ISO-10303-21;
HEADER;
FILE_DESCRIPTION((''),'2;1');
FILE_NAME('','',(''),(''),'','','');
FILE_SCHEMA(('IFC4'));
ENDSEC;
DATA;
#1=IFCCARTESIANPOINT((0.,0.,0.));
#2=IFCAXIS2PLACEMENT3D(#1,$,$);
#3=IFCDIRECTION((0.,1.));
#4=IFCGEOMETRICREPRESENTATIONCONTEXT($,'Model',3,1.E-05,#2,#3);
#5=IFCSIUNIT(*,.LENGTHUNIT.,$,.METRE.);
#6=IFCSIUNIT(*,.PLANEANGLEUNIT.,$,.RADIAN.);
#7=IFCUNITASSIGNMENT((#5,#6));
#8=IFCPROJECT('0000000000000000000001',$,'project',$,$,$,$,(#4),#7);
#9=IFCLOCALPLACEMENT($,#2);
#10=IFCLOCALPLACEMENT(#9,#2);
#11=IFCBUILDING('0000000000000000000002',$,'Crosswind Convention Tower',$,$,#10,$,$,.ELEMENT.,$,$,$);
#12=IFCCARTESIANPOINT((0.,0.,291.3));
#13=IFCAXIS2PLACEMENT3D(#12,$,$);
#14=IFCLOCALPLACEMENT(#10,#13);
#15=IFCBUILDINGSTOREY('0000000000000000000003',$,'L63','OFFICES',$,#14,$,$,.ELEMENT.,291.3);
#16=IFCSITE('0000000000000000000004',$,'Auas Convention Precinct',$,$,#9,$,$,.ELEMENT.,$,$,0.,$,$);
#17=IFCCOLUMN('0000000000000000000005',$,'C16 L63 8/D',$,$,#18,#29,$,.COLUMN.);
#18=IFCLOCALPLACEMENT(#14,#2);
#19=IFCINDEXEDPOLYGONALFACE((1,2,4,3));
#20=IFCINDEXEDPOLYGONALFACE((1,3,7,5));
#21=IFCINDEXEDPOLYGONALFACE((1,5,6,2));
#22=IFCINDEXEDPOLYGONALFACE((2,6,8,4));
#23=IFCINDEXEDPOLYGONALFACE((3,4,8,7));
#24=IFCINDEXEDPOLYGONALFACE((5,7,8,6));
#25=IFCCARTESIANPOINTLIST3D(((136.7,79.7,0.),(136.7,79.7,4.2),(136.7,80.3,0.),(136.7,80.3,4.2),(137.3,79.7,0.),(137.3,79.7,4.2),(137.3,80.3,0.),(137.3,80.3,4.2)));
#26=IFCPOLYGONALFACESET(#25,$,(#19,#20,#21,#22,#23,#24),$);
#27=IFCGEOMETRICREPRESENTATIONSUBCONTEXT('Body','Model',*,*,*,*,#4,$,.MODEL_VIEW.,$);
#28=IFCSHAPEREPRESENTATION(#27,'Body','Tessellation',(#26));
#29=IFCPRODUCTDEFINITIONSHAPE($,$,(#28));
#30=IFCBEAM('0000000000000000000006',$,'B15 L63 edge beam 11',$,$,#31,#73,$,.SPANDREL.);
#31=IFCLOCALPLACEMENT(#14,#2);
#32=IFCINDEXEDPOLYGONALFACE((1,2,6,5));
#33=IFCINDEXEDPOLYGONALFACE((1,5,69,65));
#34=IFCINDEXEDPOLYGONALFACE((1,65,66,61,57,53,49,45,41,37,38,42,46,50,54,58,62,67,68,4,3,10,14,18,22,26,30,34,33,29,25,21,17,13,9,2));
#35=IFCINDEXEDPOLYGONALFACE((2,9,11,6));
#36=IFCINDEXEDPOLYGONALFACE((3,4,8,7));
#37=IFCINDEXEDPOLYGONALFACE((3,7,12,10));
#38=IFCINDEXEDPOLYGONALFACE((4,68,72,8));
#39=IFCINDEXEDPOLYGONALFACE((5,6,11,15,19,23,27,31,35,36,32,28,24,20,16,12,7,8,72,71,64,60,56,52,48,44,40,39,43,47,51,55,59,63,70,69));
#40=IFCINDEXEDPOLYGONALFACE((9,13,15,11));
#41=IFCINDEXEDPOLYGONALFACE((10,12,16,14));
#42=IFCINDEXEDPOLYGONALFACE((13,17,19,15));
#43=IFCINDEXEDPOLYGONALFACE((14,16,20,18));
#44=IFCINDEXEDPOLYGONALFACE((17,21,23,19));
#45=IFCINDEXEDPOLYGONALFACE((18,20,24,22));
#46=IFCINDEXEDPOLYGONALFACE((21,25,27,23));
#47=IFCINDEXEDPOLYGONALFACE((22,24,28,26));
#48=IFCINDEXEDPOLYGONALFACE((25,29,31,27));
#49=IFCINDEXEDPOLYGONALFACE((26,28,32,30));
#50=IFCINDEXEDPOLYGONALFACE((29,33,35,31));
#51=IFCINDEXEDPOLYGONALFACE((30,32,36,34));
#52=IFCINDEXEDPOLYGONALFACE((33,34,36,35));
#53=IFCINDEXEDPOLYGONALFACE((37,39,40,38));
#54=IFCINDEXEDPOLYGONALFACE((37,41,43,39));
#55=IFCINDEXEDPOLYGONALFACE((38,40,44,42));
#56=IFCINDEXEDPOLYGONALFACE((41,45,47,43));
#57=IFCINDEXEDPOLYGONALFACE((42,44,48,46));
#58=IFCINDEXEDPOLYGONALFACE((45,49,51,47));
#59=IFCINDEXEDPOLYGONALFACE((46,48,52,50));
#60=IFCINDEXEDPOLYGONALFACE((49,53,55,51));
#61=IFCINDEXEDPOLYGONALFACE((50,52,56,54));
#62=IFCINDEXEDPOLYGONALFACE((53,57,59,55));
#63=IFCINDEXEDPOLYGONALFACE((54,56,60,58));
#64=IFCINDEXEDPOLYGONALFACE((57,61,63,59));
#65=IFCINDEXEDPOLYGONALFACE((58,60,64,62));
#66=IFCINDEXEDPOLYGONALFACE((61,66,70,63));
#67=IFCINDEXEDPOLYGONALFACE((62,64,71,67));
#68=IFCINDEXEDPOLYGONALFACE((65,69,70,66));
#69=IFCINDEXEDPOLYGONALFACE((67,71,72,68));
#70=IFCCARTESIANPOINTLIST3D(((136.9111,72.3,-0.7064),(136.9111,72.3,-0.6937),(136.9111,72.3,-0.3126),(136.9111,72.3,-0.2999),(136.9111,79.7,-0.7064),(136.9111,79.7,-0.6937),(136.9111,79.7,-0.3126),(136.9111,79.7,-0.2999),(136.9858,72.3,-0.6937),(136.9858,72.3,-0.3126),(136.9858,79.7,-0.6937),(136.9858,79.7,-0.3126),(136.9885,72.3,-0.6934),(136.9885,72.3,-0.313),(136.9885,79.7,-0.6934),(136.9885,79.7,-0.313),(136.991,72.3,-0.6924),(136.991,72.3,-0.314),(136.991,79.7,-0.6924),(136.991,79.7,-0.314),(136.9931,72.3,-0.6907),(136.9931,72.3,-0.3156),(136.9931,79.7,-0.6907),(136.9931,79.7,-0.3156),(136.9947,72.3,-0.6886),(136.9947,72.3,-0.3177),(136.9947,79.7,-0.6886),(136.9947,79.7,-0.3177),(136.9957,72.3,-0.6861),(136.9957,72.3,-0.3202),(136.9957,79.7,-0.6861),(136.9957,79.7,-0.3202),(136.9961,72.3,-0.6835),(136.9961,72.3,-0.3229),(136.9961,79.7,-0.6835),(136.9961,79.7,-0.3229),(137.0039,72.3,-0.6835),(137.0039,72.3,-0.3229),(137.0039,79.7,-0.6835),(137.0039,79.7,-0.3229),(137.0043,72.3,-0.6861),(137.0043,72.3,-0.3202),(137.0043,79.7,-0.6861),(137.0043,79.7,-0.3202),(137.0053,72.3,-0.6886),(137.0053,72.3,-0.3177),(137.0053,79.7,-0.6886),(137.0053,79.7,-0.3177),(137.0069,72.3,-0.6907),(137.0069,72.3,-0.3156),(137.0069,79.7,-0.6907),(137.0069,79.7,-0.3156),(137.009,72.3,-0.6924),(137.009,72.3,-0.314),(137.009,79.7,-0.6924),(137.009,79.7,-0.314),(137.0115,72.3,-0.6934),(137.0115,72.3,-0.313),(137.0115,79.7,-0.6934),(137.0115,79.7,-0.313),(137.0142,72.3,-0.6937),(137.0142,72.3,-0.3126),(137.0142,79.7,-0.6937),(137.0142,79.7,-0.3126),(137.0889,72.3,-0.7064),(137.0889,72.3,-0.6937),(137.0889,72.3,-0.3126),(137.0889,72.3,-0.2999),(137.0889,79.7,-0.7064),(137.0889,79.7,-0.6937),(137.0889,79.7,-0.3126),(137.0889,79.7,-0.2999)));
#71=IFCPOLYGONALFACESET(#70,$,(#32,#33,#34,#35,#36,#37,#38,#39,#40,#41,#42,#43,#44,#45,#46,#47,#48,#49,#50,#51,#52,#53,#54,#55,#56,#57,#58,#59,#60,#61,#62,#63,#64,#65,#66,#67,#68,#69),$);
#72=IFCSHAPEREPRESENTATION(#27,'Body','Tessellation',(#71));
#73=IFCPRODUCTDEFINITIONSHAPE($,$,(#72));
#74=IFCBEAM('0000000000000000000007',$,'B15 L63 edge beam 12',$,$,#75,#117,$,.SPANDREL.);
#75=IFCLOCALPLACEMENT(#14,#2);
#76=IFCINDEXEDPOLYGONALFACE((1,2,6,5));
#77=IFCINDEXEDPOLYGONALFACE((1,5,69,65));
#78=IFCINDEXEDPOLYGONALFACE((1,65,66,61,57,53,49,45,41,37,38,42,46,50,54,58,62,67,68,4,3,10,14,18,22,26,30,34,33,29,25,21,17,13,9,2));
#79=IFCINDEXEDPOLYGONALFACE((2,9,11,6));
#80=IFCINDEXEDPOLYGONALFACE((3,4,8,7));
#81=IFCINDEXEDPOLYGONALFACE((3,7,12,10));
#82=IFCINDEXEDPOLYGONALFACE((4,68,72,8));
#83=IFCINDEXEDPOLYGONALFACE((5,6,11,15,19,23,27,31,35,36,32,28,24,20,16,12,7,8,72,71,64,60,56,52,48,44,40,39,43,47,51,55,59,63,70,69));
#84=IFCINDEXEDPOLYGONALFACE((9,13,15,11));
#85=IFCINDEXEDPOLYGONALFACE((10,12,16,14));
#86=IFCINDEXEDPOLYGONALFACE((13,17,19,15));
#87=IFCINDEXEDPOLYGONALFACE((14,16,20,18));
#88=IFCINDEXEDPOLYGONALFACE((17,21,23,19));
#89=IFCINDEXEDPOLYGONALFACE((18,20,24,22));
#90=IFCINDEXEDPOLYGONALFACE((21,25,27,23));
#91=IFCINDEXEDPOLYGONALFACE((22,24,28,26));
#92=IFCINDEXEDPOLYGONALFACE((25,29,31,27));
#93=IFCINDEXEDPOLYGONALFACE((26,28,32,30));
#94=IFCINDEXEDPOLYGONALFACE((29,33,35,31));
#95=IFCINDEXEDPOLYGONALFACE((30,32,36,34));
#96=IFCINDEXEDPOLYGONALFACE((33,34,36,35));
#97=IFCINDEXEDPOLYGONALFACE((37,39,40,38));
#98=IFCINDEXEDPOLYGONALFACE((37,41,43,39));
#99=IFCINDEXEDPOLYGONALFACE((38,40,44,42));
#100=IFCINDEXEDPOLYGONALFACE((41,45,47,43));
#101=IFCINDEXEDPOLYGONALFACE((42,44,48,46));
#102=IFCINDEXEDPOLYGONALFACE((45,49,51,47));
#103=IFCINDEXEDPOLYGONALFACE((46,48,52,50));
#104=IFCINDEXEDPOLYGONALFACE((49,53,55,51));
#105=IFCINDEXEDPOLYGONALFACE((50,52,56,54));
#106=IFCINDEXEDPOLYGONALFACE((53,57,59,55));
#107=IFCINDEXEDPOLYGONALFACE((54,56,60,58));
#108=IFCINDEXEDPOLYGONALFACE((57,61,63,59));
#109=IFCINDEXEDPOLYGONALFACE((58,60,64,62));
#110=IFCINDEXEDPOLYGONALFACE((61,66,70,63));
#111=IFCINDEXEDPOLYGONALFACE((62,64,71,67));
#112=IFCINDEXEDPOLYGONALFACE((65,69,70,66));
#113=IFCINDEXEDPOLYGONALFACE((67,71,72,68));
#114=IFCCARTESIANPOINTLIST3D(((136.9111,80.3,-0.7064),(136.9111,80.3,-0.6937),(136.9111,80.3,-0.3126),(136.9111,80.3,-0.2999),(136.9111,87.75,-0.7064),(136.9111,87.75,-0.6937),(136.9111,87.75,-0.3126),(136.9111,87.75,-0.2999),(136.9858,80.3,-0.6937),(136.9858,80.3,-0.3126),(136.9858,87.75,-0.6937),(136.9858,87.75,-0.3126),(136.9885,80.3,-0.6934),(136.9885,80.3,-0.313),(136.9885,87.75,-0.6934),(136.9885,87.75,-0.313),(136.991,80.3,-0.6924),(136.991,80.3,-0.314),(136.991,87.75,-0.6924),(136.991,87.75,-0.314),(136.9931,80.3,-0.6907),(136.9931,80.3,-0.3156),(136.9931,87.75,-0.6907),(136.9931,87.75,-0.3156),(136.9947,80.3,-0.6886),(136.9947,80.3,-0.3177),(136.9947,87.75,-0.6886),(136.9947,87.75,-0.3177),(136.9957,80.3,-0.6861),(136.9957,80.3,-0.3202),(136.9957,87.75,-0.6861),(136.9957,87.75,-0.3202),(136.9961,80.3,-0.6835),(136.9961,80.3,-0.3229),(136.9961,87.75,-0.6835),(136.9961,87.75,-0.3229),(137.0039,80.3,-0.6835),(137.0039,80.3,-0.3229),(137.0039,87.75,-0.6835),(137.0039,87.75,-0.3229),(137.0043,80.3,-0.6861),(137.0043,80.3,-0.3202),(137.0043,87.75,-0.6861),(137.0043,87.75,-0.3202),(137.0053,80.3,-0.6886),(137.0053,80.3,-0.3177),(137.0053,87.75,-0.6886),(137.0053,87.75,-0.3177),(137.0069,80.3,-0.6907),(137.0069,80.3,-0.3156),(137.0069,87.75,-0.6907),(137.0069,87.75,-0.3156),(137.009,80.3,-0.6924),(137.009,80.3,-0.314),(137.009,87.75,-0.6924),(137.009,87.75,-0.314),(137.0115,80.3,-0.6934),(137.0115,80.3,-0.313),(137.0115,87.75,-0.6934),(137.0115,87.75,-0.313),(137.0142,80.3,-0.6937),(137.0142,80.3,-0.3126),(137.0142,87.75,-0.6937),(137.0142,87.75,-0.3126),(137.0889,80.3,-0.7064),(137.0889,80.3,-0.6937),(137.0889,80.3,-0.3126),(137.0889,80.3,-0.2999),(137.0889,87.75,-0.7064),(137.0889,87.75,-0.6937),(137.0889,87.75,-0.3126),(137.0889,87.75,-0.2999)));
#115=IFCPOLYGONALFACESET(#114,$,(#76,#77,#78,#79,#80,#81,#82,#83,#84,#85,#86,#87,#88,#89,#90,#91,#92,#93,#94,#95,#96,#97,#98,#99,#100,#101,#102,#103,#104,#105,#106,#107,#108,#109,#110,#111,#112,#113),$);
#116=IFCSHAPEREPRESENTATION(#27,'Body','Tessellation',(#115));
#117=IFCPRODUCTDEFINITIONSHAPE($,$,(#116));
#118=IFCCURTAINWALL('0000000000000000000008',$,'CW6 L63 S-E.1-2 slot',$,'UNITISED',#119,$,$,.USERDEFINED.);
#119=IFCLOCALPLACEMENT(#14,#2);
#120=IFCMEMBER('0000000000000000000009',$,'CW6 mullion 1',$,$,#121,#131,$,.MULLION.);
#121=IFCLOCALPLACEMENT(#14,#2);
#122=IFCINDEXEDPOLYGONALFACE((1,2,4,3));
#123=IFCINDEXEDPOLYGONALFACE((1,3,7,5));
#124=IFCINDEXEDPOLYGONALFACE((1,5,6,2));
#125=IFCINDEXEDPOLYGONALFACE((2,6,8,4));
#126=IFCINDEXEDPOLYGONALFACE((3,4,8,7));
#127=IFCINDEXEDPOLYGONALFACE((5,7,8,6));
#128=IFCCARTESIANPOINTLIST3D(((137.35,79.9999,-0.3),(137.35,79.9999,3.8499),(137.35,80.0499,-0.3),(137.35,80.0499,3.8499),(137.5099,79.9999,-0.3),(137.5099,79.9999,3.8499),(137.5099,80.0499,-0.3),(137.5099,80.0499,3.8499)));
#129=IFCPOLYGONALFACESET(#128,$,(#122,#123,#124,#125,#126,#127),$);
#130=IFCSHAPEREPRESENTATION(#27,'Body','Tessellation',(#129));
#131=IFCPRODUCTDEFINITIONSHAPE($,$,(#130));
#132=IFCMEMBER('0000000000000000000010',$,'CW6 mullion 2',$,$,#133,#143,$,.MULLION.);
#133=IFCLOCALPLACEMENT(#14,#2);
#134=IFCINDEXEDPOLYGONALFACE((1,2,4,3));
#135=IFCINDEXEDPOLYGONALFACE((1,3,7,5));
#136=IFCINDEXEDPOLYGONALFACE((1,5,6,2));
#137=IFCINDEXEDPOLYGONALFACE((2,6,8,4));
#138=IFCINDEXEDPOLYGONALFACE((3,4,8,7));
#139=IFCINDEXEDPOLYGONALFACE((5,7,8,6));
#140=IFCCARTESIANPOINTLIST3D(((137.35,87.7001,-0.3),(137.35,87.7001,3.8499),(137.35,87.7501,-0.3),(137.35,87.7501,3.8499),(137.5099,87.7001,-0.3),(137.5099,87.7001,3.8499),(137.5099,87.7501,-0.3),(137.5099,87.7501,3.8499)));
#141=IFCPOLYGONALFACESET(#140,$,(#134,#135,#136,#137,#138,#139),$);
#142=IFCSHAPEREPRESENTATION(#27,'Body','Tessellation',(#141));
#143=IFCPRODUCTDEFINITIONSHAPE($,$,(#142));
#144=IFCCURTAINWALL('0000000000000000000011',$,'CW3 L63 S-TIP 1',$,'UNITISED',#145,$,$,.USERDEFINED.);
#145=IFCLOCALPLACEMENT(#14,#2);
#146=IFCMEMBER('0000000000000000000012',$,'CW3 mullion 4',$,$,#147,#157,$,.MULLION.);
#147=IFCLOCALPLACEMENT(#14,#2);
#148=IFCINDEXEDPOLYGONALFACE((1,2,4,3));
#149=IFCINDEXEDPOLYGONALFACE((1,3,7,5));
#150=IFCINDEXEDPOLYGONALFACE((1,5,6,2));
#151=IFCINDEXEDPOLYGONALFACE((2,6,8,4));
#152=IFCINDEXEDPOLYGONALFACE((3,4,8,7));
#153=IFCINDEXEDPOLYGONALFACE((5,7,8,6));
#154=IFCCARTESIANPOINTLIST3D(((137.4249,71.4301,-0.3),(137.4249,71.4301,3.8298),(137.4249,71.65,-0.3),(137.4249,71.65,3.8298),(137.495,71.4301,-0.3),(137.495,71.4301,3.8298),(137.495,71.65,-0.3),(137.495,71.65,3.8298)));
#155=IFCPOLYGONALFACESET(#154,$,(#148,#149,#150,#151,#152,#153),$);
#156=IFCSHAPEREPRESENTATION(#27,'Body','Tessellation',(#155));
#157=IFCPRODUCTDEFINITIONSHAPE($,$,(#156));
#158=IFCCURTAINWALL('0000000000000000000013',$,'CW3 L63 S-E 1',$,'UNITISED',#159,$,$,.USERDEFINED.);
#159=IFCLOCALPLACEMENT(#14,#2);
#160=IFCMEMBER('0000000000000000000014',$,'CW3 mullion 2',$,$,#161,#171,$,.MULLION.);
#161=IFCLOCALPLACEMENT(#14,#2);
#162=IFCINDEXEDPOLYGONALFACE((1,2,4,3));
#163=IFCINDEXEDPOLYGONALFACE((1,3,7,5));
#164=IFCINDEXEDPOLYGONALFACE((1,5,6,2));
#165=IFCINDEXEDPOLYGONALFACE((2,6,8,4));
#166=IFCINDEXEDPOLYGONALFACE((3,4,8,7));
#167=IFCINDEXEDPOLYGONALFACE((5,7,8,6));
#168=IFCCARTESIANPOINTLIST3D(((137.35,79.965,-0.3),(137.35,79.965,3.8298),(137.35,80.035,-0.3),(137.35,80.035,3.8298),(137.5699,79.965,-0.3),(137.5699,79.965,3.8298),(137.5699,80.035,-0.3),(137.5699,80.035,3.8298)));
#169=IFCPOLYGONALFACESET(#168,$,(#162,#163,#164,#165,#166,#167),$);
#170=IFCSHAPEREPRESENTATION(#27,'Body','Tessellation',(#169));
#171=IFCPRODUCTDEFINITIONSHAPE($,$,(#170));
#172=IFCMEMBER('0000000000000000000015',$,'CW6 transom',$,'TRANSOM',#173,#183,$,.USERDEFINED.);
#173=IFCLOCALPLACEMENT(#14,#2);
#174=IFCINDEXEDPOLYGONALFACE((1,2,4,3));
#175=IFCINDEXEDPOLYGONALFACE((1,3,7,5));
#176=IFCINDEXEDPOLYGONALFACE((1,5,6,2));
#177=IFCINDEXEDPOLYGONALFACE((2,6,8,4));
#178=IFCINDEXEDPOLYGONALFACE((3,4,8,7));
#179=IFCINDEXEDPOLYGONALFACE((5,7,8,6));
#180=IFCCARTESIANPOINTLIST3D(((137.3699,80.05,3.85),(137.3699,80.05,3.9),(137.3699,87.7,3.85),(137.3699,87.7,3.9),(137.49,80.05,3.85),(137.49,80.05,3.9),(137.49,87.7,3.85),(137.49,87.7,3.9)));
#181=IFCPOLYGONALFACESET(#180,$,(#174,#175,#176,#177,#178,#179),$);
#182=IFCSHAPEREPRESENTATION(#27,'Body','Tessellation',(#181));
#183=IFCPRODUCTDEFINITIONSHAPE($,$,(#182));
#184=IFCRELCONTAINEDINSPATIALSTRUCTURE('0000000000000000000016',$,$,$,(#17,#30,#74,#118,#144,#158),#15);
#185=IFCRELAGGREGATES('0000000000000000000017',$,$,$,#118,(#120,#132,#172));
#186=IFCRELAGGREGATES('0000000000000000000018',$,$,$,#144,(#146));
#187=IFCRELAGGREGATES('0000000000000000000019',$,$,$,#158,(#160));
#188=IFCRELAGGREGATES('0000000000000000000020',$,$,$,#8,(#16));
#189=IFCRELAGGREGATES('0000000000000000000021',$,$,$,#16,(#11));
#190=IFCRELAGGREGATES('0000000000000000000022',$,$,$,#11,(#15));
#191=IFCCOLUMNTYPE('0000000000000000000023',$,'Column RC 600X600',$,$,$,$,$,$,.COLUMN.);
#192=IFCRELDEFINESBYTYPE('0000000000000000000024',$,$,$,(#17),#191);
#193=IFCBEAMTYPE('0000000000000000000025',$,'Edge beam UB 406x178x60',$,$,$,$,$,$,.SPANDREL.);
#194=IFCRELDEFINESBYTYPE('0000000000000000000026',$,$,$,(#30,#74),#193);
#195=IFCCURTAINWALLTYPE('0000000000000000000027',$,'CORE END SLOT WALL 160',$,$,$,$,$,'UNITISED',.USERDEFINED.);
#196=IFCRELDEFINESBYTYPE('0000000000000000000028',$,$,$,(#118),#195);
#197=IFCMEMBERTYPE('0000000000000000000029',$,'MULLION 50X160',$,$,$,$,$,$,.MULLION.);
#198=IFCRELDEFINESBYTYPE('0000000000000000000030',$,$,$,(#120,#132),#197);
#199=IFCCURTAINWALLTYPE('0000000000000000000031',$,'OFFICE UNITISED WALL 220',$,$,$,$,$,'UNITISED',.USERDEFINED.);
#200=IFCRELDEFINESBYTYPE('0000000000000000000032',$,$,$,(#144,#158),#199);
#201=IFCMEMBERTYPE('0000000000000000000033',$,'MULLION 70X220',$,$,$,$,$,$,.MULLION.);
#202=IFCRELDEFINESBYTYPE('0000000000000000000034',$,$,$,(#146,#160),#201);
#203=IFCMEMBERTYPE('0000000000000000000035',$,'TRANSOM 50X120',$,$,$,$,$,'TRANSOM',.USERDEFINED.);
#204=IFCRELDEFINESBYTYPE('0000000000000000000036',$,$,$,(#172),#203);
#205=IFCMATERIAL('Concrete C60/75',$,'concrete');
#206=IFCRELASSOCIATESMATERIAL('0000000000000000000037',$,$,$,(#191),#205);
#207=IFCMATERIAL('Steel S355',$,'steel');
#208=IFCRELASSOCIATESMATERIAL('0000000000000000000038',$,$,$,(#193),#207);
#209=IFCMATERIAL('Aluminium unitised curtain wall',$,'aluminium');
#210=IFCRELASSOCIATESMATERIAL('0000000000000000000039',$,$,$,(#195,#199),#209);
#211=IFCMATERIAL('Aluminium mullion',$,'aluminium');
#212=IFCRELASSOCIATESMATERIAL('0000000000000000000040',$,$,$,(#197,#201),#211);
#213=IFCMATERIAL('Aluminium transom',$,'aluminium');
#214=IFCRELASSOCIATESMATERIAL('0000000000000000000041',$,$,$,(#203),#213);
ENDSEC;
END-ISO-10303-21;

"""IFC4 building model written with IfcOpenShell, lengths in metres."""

from ifc_helpers import new_model, si_unit, direction, frame, origin, origin_2d, place, context, subcontext, project, spatial, rectangle, i_section, extrude, material, material_profile, profile_set, type_object, element, aggregate, save


model = new_model("IFC4")

# Units and contexts
model_context = context("Model", 3, precision=1e-05, world=origin(), true_north=direction((0.0, 1.0)))
body_context = subcontext(model_context, "Body", "Model", "MODEL_VIEW")
ifc_project = project(units=[si_unit("LENGTHUNIT", "METRE"), si_unit("PLANEANGLEUNIT", "RADIAN")], contexts=[model_context])

# Site, building, storey
site_placement = place(None, origin())
site = spatial("IfcSite", under=ifc_project, at=site_placement, Name="Auas Convention Precinct", CompositionType="ELEMENT", RefElevation=0.0)
building_placement = place(site_placement, origin())
building = spatial("IfcBuilding", under=site, at=building_placement, Name="Crosswind Convention Tower", CompositionType="ELEMENT")
storey_placement = place(building_placement, frame((0.0, 0.0, 291.3)))
storey = spatial("IfcBuildingStorey", under=building, at=storey_placement, Name="L63", Description="OFFICES", CompositionType="ELEMENT", Elevation=291.3)

# Column
ifc_material_1 = material(Name="Concrete C60/75", Category="concrete")
ifc_material_profile_1 = material_profile(ifc_material_1, rectangle(XDim=0.6001, YDim=0.6001, at=origin_2d()), Name="RC 600X600")
ifc_profile_set_1 = profile_set([ifc_material_profile_1], Name="Concrete C60/75")
column_type = type_object("IfcColumnType", Name="Column RC 600X600", PredefinedType="COLUMN", material=ifc_profile_set_1)
column_placement = place(storey_placement, frame((137.0, 80.0, 0.0), z_axis=(0.0, 0.0, 1.0), x_axis=(1.0, 0.0, 0.0)))
element("IfcColumn", 1, at=column_placement, inside=storey, type_object=column_type, Name="C16 L63 8/D", PredefinedType="COLUMN", context=body_context, shape_type="SweptSolid", body=[
    extrude(rectangle(XDim=0.6001, YDim=0.6001, at=origin_2d()), origin(), (0.0, 0.0, 1.0), 4.2),
])

# Beams
ifc_material_2 = material(Name="Steel S355", Category="steel")
ifc_material_profile_2 = material_profile(ifc_material_2, i_section(OverallWidth=0.1777, OverallDepth=0.4065, WebThickness=0.0078, FlangeThickness=0.0127, FilletRadius=0.0103, at=origin_2d()), Name="UB 406x178x60")
ifc_profile_set_2 = profile_set([ifc_material_profile_2], Name="Steel S355")
beam_type = type_object("IfcBeamType", Name="Edge beam UB 406x178x60", PredefinedType="SPANDREL", material=ifc_profile_set_2)
beam_1_placement = place(storey_placement, frame((137.0, 72.3, -0.5032), z_axis=(0.0, 1.0, 0.0), x_axis=(-1.0, 0.0, 0.0)))
element("IfcBeam", 2, at=beam_1_placement, inside=storey, type_object=beam_type, Name="B15 L63 edge beam 11", PredefinedType="SPANDREL", context=body_context, shape_type="SweptSolid", body=[
    extrude(i_section(OverallWidth=0.1777, OverallDepth=0.4065, WebThickness=0.0078, FlangeThickness=0.0127, FilletRadius=0.0103, at=origin_2d()), origin(), (0.0, 0.0, 1.0), 7.3999),
])
beam_2_placement = place(storey_placement, frame((137.0, 80.3, -0.5032), z_axis=(0.0, 1.0, 0.0), x_axis=(-1.0, 0.0, 0.0)))
element("IfcBeam", 3, at=beam_2_placement, inside=storey, type_object=beam_type, Name="B15 L63 edge beam 12", PredefinedType="SPANDREL", context=body_context, shape_type="SweptSolid", body=[
    extrude(i_section(OverallWidth=0.1777, OverallDepth=0.4065, WebThickness=0.0078, FlangeThickness=0.0127, FilletRadius=0.0103, at=origin_2d()), origin(), (0.0, 0.0, 1.0), 7.45),
])

# Curtain wall, members
ifc_material_3 = material(Name="Aluminium unitised curtain wall", Category="aluminium")
curtain_wall_type_1 = type_object("IfcCurtainWallType", Name="CORE END SLOT WALL 160", ElementType="UNITISED", PredefinedType="USERDEFINED", material=ifc_material_3)
curtain_wall_1_placement = place(storey_placement, origin())
curtain_wall_1 = element("IfcCurtainWall", 4, at=curtain_wall_1_placement, inside=storey, type_object=curtain_wall_type_1, Name="CW6 L63 S-E.1-2 slot", ObjectType="UNITISED", PredefinedType="USERDEFINED")
ifc_material_4 = material(Name="Aluminium mullion", Category="aluminium")
ifc_material_profile_3 = material_profile(ifc_material_4, rectangle(XDim=0.1599, YDim=0.05, at=origin_2d()), Name="AL 160X50")
ifc_profile_set_3 = profile_set([ifc_material_profile_3], Name="Aluminium mullion")
member_type_1 = type_object("IfcMemberType", Name="MULLION 50X160", PredefinedType="MULLION", material=ifc_profile_set_3)
member_1_placement = place(storey_placement, frame((137.4299, 80.0249, -0.3), z_axis=(0.0, 0.0, 1.0), x_axis=(1.0, 0.0, 0.0)))
member_1 = element("IfcMember", 5, at=member_1_placement, type_object=member_type_1, Name="CW6 mullion 1", PredefinedType="MULLION", context=body_context, shape_type="SweptSolid", body=[
    extrude(rectangle(XDim=0.1599, YDim=0.05, at=origin_2d()), origin(), (0.0, 0.0, 1.0), 4.1499),
])
member_2_placement = place(storey_placement, frame((137.4299, 87.7251, -0.3), z_axis=(0.0, 0.0, 1.0), x_axis=(1.0, 0.0, 0.0)))
member_2 = element("IfcMember", 6, at=member_2_placement, type_object=member_type_1, Name="CW6 mullion 2", PredefinedType="MULLION", context=body_context, shape_type="SweptSolid", body=[
    extrude(rectangle(XDim=0.1599, YDim=0.05, at=origin_2d()), origin(), (0.0, 0.0, 1.0), 4.1499),
])

# Curtain walls, members
curtain_wall_type_2 = type_object("IfcCurtainWallType", Name="OFFICE UNITISED WALL 220", ElementType="UNITISED", PredefinedType="USERDEFINED", material=ifc_material_3)
curtain_wall_2_placement = place(storey_placement, origin())
curtain_wall_2 = element("IfcCurtainWall", 7, at=curtain_wall_2_placement, inside=storey, type_object=curtain_wall_type_2, Name="CW3 L63 S-TIP 1", ObjectType="UNITISED", PredefinedType="USERDEFINED")
ifc_material_profile_4 = material_profile(ifc_material_4, rectangle(XDim=0.22, YDim=0.0701, at=origin_2d()), Name="AL 220X70")
ifc_profile_set_4 = profile_set([ifc_material_profile_4], Name="Aluminium mullion")
member_type_2 = type_object("IfcMemberType", Name="MULLION 70X220", PredefinedType="MULLION", material=ifc_profile_set_4)
member_3_placement = place(storey_placement, frame((137.46, 71.54, -0.3), z_axis=(0.0, 0.0, 1.0), x_axis=(0.0, -1.0, 0.0)))
member_3 = element("IfcMember", 8, at=member_3_placement, type_object=member_type_2, Name="CW3 mullion 4", PredefinedType="MULLION", context=body_context, shape_type="SweptSolid", body=[
    extrude(rectangle(XDim=0.22, YDim=0.0701, at=origin_2d()), origin(), (0.0, 0.0, 1.0), 4.1299),
])
curtain_wall_3_placement = place(storey_placement, origin())
curtain_wall_3 = element("IfcCurtainWall", 9, at=curtain_wall_3_placement, inside=storey, type_object=curtain_wall_type_2, Name="CW3 L63 S-E 1", ObjectType="UNITISED", PredefinedType="USERDEFINED")
member_4_placement = place(storey_placement, frame((137.46, 80.0, -0.3), z_axis=(0.0, 0.0, 1.0), x_axis=(1.0, 0.0, 0.0)))
member_4 = element("IfcMember", 10, at=member_4_placement, type_object=member_type_2, Name="CW3 mullion 2", PredefinedType="MULLION", context=body_context, shape_type="SweptSolid", body=[
    extrude(rectangle(XDim=0.22, YDim=0.0701, at=origin_2d()), origin(), (0.0, 0.0, 1.0), 4.1299),
])

# Member
ifc_material_5 = material(Name="Aluminium transom", Category="aluminium")
ifc_material_profile_5 = material_profile(ifc_material_5, rectangle(XDim=0.1201, YDim=0.05, at=origin_2d()), Name="AL 120X50")
ifc_profile_set_5 = profile_set([ifc_material_profile_5], Name="Aluminium transom")
member_type_3 = type_object("IfcMemberType", Name="TRANSOM 50X120", ElementType="TRANSOM", PredefinedType="USERDEFINED", material=ifc_profile_set_5)
member_5_placement = place(storey_placement, frame((137.4299, 80.05, 3.875), z_axis=(0.0, 1.0, 0.0), x_axis=(-1.0, 0.0, 0.0)))
member_5 = element("IfcMember", 11, at=member_5_placement, type_object=member_type_3, Name="CW6 transom", ObjectType="TRANSOM", PredefinedType="USERDEFINED", context=body_context, shape_type="SweptSolid", body=[
    extrude(rectangle(XDim=0.1201, YDim=0.05, at=origin_2d()), origin(), (0.0, 0.0, 1.0), 7.6499),
])

aggregate(curtain_wall_1, [member_1, member_2, member_5])
aggregate(curtain_wall_2, [member_3])

aggregate(curtain_wall_3, [member_4])

save(model, "model.ifc")
